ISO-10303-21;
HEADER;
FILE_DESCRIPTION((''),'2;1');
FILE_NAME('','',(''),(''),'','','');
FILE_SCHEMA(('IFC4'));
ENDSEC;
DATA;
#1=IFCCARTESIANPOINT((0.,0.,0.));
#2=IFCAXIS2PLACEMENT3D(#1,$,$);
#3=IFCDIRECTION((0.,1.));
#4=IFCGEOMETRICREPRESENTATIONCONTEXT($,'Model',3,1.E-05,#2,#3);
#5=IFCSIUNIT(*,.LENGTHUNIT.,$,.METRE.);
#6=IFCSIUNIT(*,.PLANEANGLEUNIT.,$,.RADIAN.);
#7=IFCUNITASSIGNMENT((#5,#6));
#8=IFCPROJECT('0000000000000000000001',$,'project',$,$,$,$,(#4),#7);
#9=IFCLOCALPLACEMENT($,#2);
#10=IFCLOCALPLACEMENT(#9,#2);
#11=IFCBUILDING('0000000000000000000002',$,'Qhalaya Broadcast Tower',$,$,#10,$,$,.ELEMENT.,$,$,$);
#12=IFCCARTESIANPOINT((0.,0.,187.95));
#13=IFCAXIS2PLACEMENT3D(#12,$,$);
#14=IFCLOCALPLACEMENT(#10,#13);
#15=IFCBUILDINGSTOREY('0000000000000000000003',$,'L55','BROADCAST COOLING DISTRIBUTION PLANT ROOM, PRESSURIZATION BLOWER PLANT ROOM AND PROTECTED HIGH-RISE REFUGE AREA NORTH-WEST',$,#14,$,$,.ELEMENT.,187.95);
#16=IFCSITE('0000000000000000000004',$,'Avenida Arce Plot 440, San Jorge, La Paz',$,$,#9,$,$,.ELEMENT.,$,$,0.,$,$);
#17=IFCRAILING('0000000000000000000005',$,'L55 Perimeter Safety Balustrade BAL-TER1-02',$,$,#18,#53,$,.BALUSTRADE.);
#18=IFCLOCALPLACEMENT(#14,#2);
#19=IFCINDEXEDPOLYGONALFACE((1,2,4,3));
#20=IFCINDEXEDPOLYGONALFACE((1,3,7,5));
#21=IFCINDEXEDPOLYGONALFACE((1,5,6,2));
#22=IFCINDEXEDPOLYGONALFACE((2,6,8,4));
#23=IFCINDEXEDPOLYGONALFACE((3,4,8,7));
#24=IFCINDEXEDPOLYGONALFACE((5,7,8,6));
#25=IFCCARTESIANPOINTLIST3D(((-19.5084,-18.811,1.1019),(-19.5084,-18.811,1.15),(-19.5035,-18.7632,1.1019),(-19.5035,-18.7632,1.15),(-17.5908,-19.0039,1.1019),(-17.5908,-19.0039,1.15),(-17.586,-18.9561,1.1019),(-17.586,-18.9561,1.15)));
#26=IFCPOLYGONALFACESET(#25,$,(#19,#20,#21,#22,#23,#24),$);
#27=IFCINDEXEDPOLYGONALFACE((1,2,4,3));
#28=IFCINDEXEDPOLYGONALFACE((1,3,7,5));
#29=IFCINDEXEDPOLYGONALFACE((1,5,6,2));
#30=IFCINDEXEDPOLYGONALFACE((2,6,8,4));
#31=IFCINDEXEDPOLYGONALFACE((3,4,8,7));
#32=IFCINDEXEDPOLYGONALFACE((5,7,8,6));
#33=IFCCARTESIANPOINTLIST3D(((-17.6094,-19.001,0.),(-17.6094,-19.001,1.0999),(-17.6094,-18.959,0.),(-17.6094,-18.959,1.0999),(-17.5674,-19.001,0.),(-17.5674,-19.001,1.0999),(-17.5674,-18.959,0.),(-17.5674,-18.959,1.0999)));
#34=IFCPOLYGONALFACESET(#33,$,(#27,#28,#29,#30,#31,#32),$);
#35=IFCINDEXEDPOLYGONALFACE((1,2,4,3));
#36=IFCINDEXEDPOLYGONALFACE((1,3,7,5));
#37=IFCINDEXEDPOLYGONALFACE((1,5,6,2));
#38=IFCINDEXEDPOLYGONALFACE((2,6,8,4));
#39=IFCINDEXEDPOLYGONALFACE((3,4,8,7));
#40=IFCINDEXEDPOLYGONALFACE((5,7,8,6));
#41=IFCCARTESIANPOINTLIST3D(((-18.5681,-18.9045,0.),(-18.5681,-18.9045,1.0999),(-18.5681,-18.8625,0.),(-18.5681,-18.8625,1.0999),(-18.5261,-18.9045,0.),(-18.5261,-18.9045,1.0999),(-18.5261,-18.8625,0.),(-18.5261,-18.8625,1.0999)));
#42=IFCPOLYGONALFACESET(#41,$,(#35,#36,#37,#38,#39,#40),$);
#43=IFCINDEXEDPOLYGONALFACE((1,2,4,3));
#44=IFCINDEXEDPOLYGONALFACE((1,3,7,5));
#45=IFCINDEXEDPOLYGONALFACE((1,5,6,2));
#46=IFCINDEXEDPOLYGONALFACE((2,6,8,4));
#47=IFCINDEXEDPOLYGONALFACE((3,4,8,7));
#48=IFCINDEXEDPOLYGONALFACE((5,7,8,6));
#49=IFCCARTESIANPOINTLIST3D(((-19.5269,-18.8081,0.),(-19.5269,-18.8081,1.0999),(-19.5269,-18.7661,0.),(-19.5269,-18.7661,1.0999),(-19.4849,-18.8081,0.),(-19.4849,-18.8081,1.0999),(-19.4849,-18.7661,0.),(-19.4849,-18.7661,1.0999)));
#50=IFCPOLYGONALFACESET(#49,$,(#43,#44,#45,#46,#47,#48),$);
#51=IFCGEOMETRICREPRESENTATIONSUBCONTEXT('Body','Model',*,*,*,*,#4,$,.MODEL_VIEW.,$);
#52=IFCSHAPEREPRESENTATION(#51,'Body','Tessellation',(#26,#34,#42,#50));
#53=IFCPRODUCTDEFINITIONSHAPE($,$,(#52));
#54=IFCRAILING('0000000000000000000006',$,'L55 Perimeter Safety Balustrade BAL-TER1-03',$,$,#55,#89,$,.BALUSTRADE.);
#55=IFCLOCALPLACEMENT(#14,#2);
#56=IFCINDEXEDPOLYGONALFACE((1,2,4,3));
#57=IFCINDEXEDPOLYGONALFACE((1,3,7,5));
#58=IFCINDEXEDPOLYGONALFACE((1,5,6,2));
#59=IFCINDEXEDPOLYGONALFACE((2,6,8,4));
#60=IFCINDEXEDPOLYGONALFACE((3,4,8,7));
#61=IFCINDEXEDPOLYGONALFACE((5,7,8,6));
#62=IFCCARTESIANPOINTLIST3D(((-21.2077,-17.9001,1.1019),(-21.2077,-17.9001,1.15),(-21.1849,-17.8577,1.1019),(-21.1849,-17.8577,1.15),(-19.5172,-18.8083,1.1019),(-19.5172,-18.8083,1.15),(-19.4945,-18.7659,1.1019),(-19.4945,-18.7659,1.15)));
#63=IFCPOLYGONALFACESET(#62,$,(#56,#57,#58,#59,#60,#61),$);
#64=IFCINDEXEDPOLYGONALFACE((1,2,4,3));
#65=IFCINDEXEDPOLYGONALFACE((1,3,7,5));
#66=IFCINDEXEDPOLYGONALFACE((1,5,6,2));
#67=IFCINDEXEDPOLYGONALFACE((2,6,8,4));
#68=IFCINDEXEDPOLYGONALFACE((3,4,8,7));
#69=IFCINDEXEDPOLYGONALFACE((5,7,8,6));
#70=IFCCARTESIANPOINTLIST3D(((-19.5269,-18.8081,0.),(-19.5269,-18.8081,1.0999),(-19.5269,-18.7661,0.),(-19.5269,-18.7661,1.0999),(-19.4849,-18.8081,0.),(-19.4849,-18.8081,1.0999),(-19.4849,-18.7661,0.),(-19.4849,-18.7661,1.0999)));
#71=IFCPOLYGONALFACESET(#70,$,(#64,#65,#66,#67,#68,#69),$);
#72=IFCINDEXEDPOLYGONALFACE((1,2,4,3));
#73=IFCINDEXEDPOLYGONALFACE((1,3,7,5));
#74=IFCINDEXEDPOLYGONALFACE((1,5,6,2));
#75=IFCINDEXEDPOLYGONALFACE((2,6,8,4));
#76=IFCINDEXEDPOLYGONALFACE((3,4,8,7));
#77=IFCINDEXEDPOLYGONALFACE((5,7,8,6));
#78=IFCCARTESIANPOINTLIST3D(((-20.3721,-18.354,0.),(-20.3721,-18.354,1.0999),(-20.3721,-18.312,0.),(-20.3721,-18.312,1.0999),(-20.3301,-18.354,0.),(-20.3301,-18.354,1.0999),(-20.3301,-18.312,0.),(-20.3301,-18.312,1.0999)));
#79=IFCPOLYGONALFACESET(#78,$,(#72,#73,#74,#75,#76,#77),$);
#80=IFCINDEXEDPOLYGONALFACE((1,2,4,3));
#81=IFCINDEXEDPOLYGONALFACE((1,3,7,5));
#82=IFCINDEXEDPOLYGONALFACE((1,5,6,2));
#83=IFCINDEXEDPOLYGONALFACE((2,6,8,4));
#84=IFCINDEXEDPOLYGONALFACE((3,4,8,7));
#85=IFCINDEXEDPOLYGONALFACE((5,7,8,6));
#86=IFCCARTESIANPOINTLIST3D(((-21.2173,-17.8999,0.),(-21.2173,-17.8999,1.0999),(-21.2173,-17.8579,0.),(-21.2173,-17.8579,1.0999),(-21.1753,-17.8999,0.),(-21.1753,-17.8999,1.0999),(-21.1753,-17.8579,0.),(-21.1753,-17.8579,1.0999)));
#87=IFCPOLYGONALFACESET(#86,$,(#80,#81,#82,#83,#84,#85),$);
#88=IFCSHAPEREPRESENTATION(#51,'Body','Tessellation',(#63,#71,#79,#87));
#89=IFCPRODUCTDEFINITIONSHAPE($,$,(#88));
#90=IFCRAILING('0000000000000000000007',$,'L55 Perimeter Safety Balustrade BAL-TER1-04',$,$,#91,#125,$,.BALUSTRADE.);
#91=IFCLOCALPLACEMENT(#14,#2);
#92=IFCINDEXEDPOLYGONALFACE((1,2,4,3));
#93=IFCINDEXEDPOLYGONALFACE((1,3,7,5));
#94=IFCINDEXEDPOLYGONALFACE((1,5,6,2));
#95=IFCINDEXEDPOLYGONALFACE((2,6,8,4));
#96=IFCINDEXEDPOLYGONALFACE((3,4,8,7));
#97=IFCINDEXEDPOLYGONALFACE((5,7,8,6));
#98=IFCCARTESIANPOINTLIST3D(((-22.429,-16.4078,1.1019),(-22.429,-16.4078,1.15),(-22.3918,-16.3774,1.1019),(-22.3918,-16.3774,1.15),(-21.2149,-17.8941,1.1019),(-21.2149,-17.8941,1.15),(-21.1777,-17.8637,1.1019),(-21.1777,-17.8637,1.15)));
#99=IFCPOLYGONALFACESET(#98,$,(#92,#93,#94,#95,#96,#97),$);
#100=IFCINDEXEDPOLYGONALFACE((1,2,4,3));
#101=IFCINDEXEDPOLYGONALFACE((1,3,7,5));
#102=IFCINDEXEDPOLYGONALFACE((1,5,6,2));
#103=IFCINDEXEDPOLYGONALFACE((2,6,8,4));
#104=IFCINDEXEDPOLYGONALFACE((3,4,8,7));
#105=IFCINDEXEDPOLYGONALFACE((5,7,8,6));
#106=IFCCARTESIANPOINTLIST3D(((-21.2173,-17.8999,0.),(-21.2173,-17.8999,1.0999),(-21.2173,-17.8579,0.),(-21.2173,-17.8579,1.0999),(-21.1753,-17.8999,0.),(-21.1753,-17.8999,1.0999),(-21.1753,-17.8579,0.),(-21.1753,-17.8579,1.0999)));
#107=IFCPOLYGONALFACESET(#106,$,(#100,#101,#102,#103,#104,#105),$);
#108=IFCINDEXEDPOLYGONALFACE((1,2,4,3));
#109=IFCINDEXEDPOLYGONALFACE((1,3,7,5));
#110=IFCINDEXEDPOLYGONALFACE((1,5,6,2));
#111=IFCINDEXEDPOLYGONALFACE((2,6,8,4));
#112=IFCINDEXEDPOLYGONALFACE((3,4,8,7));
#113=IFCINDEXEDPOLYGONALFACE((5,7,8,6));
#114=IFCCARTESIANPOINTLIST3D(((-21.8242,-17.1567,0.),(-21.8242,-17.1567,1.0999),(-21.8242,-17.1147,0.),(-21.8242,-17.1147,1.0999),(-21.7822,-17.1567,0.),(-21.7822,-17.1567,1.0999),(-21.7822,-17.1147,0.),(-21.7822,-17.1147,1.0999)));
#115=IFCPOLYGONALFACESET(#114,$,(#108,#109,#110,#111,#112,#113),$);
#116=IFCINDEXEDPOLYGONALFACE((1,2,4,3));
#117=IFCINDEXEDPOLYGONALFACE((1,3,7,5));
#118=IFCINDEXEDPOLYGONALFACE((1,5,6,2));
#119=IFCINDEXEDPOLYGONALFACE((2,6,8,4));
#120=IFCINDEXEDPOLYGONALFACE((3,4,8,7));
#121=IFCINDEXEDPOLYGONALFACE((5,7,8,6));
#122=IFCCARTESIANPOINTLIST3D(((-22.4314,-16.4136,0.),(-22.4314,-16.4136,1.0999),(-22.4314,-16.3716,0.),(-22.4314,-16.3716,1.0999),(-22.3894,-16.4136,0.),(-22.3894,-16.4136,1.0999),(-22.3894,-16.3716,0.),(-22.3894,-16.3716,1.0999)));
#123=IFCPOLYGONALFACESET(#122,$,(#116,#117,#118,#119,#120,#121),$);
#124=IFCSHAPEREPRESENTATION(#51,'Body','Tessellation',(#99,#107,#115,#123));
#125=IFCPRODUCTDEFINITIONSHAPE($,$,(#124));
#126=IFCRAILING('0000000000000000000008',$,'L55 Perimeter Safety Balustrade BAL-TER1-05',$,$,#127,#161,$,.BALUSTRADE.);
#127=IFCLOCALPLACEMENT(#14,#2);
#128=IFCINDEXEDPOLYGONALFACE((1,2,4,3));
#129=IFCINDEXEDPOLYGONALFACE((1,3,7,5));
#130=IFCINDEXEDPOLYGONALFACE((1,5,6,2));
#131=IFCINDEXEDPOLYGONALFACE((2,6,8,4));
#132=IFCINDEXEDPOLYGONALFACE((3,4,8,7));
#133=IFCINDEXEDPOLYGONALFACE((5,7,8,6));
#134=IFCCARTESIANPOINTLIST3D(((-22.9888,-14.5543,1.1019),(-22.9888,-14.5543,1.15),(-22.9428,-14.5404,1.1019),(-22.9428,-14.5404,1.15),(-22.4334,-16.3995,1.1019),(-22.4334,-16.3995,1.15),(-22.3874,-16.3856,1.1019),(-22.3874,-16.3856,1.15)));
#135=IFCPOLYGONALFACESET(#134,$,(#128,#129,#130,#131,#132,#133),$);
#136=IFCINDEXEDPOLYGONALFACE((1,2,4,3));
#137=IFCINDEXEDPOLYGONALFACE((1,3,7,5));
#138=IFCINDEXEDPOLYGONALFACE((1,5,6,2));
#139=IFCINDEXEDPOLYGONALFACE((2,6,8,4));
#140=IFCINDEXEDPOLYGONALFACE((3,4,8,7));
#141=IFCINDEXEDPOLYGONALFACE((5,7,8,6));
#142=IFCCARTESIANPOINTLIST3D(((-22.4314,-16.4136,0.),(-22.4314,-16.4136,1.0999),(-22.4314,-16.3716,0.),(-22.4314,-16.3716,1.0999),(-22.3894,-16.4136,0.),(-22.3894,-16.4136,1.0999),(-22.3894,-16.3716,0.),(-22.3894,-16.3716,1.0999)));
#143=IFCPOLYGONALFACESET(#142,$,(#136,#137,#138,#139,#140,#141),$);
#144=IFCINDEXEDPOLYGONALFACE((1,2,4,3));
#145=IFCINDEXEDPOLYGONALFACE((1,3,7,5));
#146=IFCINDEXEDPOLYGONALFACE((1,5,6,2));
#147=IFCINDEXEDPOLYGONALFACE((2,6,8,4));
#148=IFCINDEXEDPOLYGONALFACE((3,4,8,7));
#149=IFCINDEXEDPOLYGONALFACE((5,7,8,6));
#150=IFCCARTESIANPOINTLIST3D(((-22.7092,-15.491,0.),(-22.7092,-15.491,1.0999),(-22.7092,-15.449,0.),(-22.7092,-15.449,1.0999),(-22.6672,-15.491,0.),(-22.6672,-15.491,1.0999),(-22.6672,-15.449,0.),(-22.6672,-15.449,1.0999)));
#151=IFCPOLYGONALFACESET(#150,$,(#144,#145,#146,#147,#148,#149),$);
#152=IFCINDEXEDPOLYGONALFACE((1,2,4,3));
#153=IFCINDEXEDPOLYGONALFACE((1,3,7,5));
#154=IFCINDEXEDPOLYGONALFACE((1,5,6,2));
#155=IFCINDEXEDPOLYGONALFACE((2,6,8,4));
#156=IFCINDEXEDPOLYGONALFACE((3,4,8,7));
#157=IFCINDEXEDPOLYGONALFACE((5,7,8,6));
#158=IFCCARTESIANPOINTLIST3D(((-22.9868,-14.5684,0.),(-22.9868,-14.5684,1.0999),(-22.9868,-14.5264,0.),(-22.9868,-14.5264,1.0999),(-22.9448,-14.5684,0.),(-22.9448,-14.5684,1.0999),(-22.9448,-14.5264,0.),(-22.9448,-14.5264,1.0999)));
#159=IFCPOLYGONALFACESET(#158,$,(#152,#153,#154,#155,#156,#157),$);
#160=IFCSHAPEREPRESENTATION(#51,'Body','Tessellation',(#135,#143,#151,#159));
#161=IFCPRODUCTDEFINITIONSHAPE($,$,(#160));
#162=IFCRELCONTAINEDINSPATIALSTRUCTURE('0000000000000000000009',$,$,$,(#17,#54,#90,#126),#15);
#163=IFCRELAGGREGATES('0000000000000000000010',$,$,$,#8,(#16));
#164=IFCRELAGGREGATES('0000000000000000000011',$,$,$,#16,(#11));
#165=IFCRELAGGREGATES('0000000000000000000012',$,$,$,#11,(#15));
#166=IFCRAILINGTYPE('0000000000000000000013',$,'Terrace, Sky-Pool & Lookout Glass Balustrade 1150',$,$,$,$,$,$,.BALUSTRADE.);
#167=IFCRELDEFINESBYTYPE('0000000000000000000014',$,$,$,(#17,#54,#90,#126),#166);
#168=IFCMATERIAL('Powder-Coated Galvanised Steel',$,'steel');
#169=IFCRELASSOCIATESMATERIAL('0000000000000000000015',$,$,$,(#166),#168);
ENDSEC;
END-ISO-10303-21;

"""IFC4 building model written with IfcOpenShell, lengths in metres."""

from ifc_helpers import new_model, si_unit, direction, frame, origin, origin_2d, place, context, subcontext, project, spatial, rectangle, extrude, material, type_object, element, save


model = new_model("IFC4")

# Units and contexts
model_context = context("Model", 3, precision=1e-05, world=origin(), true_north=direction((0.0, 1.0)))
body_context = subcontext(model_context, "Body", "Model", "MODEL_VIEW")
ifc_project = project(units=[si_unit("LENGTHUNIT", "METRE"), si_unit("PLANEANGLEUNIT", "RADIAN")], contexts=[model_context])

# Site, building, storey
site_placement = place(None, origin())
site = spatial("IfcSite", under=ifc_project, at=site_placement, Name="Avenida Arce Plot 440, San Jorge, La Paz", CompositionType="ELEMENT", RefElevation=0.0)
building_placement = place(site_placement, origin())
building = spatial("IfcBuilding", under=site, at=building_placement, Name="Qhalaya Broadcast Tower", CompositionType="ELEMENT")
storey_placement = place(building_placement, frame((0.0, 0.0, 187.95)))
storey = spatial("IfcBuildingStorey", under=building, at=storey_placement, Name="L55", Description="BROADCAST COOLING DISTRIBUTION PLANT ROOM, PRESSURIZATION BLOWER PLANT ROOM AND PROTECTED HIGH-RISE REFUGE AREA NORTH-WEST", CompositionType="ELEMENT", Elevation=187.95)

# Railings
ifc_material_1 = material(Name="Powder-Coated Galvanised Steel", Category="steel")
railing_type = type_object("IfcRailingType", Name="Terrace, Sky-Pool & Lookout Glass Balustrade 1150", PredefinedType="BALUSTRADE", material=ifc_material_1)
railing_1_placement = place(storey_placement, frame((-17.5884, -18.98, 0.0)))
element("IfcRailing", 1, at=railing_1_placement, inside=storey, type_object=railing_type, Name="L55 Perimeter Safety Balustrade BAL-TER1-02", PredefinedType="BALUSTRADE", context=body_context, shape_type="SweptSolid", body=[
    extrude(rectangle(XDim=0.0481, YDim=0.0481, at=origin_2d()), frame((0.0, 0.0, 1.126), z_axis=(-0.994979, 0.100081, 0.0), x_axis=(-0.100081, -0.994979, 0.0)), (0.0, 0.0, 1.0), 1.9272),
    extrude(rectangle(XDim=0.042, YDim=0.042, at=origin_2d()), origin(), (0.0, 0.0, 1.0), 1.0999),
    extrude(rectangle(XDim=0.042, YDim=0.042, at=origin_2d()), frame((-0.9587, 0.0964, 0.0)), (0.0, 0.0, 1.0), 1.0999),
    extrude(rectangle(XDim=0.042, YDim=0.042, at=origin_2d()), frame((-1.9175, 0.1929, 0.0)), (0.0, 0.0, 1.0), 1.0999),
])
railing_2_placement = place(storey_placement, frame((-19.5059, -18.7871, 0.0)))
element("IfcRailing", 2, at=railing_2_placement, inside=storey, type_object=railing_type, Name="L55 Perimeter Safety Balustrade BAL-TER1-03", PredefinedType="BALUSTRADE", context=body_context, shape_type="SweptSolid", body=[
    extrude(rectangle(XDim=0.0481, YDim=0.0481, at=origin_2d()), frame((0.0, 0.0, 1.126), z_axis=(-0.880912, 0.47328, 0.0), x_axis=(-0.47328, -0.880912, 0.0)), (0.0, 0.0, 1.0), 1.9189),
    extrude(rectangle(XDim=0.042, YDim=0.042, at=origin_2d()), origin(), (0.0, 0.0, 1.0), 1.0999),
    extrude(rectangle(XDim=0.042, YDim=0.042, at=origin_2d()), frame((-0.8452, 0.4541, 0.0)), (0.0, 0.0, 1.0), 1.0999),
    extrude(rectangle(XDim=0.042, YDim=0.042, at=origin_2d()), frame((-1.6904, 0.9082, 0.0)), (0.0, 0.0, 1.0), 1.0999),
])
railing_3_placement = place(storey_placement, frame((-21.1963, -17.8789, 0.0)))
element("IfcRailing", 3, at=railing_3_placement, inside=storey, type_object=railing_type, Name="L55 Perimeter Safety Balustrade BAL-TER1-04", PredefinedType="BALUSTRADE", context=body_context, shape_type="SweptSolid", body=[
    extrude(rectangle(XDim=0.0481, YDim=0.0481, at=origin_2d()), frame((0.0, 0.0, 1.126), z_axis=(-0.632621, 0.774461, 0.0), x_axis=(-0.774461, -0.632621, 0.0)), (0.0, 0.0, 1.0), 1.9192),
    extrude(rectangle(XDim=0.042, YDim=0.042, at=origin_2d()), origin(), (0.0, 0.0, 1.0), 1.0999),
    extrude(rectangle(XDim=0.042, YDim=0.042, at=origin_2d()), frame((-0.6069, 0.7432, 0.0)), (0.0, 0.0, 1.0), 1.0999),
    extrude(rectangle(XDim=0.042, YDim=0.042, at=origin_2d()), frame((-1.2141, 1.4863, 0.0)), (0.0, 0.0, 1.0), 1.0999),
])
railing_4_placement = place(storey_placement, frame((-22.4104, -16.3926, 0.0)))
element("IfcRailing", 4, at=railing_4_placement, inside=storey, type_object=railing_type, Name="L55 Perimeter Safety Balustrade BAL-TER1-05", PredefinedType="BALUSTRADE", context=body_context, shape_type="SweptSolid", body=[
    extrude(rectangle(XDim=0.0481, YDim=0.0481, at=origin_2d()), frame((0.0, 0.0, 1.126), z_axis=(-0.288231, 0.957561, 0.0), x_axis=(-0.957561, -0.288231, 0.0)), (0.0, 0.0, 1.0), 1.927),
    extrude(rectangle(XDim=0.042, YDim=0.042, at=origin_2d()), origin(), (0.0, 0.0, 1.0), 1.0999),
    extrude(rectangle(XDim=0.042, YDim=0.042, at=origin_2d()), frame((-0.2778, 0.9226, 0.0)), (0.0, 0.0, 1.0), 1.0999),
    extrude(rectangle(XDim=0.042, YDim=0.042, at=origin_2d()), frame((-0.5554, 1.8452, 0.0)), (0.0, 0.0, 1.0), 1.0999),
])

save(model, "model.ifc")
